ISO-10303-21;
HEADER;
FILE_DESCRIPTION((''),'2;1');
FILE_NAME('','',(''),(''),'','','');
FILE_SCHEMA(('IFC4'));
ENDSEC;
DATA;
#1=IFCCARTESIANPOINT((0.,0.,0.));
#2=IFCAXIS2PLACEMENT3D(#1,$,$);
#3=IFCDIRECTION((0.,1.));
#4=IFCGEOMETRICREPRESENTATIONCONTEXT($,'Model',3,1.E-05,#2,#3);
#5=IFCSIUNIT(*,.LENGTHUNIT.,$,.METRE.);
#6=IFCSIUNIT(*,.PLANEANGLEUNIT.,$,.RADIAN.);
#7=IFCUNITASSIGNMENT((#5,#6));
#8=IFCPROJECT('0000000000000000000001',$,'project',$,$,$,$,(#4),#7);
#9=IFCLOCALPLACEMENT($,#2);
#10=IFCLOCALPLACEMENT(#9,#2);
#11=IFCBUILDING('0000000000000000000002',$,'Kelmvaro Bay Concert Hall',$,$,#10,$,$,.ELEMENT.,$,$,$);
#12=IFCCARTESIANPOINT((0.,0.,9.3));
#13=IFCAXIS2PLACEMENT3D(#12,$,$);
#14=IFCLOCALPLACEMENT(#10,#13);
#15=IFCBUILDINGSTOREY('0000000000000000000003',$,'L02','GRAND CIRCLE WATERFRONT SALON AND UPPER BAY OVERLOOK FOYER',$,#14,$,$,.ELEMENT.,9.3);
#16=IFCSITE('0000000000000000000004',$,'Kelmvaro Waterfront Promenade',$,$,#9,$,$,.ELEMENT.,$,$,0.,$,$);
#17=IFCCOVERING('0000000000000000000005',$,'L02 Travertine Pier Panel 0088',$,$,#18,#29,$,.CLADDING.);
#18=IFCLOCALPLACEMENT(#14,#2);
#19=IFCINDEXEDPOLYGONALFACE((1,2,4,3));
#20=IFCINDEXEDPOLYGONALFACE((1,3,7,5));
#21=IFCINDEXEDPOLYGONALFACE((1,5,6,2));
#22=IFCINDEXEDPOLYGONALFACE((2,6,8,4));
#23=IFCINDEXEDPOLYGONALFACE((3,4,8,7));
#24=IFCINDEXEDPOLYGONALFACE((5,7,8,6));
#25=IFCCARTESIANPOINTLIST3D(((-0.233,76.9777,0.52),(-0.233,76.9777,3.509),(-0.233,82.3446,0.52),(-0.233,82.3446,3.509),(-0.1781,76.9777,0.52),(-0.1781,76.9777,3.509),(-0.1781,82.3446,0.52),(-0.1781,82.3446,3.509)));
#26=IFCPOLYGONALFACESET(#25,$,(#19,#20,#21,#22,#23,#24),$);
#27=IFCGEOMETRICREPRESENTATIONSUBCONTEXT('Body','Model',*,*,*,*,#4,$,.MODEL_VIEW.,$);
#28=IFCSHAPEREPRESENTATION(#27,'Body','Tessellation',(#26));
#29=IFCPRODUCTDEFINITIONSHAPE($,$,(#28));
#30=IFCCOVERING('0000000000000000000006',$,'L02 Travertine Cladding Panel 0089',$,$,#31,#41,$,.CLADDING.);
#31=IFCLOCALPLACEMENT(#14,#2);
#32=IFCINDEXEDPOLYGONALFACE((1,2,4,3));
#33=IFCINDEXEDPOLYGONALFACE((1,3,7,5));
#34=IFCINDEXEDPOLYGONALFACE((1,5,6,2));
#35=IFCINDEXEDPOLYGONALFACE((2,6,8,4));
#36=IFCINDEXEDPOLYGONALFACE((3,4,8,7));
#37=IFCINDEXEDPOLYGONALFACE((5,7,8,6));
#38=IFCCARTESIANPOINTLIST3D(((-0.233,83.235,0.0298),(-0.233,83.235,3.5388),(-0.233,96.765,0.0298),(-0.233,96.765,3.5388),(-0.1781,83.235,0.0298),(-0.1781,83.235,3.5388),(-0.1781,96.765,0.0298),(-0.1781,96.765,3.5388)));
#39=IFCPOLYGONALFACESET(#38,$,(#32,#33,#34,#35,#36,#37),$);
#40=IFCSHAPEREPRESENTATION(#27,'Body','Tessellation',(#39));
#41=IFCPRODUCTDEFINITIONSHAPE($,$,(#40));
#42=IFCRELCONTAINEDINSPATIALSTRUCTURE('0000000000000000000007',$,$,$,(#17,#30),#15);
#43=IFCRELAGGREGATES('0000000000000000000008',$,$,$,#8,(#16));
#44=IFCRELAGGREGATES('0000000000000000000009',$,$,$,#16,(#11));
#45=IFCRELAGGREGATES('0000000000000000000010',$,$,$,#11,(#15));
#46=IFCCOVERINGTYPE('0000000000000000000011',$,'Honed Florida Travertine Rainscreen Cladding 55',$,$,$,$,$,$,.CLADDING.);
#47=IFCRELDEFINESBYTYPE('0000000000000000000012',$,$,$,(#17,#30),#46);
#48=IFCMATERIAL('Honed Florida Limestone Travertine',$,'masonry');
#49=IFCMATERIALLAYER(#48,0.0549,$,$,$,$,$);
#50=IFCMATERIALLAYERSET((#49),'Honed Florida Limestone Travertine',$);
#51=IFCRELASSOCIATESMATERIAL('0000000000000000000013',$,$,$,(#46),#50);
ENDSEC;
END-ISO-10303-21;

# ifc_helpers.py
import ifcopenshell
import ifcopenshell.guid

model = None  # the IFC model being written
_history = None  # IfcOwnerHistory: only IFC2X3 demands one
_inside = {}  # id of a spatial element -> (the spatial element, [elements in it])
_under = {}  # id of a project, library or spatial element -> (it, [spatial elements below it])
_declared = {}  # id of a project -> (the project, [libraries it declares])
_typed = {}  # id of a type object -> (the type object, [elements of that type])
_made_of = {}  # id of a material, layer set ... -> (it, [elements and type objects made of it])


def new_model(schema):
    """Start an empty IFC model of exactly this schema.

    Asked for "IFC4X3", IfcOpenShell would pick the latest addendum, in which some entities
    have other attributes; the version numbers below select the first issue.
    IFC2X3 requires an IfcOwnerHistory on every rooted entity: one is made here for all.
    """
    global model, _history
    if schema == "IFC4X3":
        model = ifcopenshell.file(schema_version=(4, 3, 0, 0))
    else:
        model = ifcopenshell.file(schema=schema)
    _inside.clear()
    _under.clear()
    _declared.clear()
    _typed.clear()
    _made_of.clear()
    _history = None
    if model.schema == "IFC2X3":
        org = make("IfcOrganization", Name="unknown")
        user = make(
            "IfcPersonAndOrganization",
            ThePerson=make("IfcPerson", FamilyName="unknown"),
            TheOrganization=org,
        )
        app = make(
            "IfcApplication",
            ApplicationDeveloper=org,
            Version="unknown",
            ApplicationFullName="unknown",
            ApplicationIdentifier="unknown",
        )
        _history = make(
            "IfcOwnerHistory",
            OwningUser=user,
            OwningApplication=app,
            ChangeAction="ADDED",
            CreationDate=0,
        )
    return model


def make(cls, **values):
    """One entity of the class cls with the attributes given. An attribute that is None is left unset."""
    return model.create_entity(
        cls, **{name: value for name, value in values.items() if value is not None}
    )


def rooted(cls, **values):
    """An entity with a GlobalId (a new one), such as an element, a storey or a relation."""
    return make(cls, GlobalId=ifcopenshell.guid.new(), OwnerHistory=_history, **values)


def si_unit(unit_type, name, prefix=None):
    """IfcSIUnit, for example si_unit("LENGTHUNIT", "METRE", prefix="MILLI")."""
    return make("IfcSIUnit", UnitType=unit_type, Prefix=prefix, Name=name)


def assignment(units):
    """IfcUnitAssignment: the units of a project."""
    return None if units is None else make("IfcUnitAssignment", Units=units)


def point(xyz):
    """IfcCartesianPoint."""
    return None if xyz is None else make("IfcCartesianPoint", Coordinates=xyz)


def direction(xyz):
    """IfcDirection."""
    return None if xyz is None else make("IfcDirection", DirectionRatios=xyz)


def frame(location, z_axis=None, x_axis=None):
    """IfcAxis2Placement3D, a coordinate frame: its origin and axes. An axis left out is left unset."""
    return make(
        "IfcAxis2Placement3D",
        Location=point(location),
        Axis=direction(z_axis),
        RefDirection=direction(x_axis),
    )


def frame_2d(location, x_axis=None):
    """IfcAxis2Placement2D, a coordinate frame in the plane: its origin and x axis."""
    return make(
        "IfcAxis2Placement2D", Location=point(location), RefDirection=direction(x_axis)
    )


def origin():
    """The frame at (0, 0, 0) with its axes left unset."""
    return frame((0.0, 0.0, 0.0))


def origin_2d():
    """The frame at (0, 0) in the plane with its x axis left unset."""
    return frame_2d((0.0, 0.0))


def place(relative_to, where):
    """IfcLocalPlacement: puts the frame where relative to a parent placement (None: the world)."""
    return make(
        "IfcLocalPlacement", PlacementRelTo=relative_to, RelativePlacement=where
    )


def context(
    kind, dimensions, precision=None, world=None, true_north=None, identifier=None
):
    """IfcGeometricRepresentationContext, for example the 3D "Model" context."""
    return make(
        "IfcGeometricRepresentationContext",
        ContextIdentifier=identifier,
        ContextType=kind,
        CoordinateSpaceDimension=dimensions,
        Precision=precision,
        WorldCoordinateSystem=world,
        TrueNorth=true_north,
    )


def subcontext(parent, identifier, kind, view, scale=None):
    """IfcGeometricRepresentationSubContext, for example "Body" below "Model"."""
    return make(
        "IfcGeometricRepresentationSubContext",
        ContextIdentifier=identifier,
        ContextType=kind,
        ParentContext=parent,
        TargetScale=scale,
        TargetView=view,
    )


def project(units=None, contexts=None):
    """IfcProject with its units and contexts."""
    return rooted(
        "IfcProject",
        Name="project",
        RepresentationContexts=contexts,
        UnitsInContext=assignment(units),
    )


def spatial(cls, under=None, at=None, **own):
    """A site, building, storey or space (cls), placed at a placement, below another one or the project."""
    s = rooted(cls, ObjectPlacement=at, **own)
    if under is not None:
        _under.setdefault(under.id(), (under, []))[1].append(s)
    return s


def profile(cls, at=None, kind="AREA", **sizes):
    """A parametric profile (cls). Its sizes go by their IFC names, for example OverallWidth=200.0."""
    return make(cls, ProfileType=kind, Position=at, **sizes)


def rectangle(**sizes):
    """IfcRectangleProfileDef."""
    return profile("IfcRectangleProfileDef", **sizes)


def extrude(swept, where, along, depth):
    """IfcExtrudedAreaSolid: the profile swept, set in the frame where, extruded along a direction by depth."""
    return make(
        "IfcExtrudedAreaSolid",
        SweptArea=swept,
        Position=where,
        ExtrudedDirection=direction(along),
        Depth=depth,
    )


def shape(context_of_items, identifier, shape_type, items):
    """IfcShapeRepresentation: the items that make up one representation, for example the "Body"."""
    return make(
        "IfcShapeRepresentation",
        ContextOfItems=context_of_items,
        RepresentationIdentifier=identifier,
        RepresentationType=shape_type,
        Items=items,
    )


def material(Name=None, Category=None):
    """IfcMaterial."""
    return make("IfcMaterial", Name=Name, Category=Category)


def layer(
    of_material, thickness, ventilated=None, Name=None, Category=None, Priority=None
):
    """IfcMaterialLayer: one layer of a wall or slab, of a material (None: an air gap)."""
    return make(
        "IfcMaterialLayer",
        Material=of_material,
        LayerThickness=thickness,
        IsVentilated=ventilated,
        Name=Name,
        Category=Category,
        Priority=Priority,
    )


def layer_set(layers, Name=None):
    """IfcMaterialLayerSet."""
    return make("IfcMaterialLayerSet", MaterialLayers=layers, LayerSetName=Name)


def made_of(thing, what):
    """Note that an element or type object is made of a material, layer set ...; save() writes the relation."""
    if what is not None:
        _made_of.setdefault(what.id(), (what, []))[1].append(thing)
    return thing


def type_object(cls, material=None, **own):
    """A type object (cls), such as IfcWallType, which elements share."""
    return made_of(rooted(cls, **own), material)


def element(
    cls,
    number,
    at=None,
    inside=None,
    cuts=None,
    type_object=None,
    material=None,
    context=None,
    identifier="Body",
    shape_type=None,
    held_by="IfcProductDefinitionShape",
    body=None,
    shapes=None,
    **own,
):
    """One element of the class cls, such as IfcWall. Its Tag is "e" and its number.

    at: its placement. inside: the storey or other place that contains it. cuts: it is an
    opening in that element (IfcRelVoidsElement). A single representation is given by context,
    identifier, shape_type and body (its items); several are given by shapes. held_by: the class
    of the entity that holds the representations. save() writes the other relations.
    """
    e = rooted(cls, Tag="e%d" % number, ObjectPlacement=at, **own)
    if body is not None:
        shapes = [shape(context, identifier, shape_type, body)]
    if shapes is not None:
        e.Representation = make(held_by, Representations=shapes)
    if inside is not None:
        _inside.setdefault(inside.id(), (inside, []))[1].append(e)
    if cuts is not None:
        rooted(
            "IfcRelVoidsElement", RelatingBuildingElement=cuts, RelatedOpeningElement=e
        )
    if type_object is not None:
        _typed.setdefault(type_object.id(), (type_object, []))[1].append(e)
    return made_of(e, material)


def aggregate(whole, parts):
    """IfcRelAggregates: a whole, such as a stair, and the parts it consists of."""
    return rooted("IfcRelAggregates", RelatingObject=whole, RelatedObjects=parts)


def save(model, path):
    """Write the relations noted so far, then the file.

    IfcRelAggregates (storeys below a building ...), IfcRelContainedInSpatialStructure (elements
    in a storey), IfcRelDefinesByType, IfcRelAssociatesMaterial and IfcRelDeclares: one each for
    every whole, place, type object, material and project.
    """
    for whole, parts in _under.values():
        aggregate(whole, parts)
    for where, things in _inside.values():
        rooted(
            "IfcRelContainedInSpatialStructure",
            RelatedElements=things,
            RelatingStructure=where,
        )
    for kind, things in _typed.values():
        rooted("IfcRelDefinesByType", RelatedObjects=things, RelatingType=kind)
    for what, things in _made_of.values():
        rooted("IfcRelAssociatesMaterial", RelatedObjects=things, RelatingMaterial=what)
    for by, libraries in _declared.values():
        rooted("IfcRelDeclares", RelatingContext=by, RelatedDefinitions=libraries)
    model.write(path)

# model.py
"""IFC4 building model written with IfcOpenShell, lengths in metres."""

from ifc_helpers import new_model, si_unit, direction, frame, origin, origin_2d, place, context, subcontext, project, spatial, rectangle, extrude, material, layer, layer_set, type_object, element, save


model = new_model("IFC4")

# Units and contexts
model_context = context("Model", 3, precision=1e-05, world=origin(), true_north=direction((0.0, 1.0)))
body_context = subcontext(model_context, "Body", "Model", "MODEL_VIEW")
ifc_project = project(units=[si_unit("LENGTHUNIT", "METRE"), si_unit("PLANEANGLEUNIT", "RADIAN")], contexts=[model_context])

# Site, building, storey
site_placement = place(None, origin())
site = spatial("IfcSite", under=ifc_project, at=site_placement, Name="Kelmvaro Waterfront Promenade", CompositionType="ELEMENT", RefElevation=0.0)
building_placement = place(site_placement, origin())
building = spatial("IfcBuilding", under=site, at=building_placement, Name="Kelmvaro Bay Concert Hall", CompositionType="ELEMENT")
storey_placement = place(building_placement, frame((0.0, 0.0, 9.3)))
storey = spatial("IfcBuildingStorey", under=building, at=storey_placement, Name="L02", Description="GRAND CIRCLE WATERFRONT SALON AND UPPER BAY OVERLOOK FOYER", CompositionType="ELEMENT", Elevation=9.3)

# Coverings
ifc_material_1 = material(Name="Honed Florida Limestone Travertine", Category="masonry")
ifc_layer_1 = layer(ifc_material_1, 0.0549)
ifc_layer_set_1 = layer_set([ifc_layer_1], Name="Honed Florida Limestone Travertine")
covering_type_1 = type_object("IfcCoveringType", Name="Honed Florida Travertine Rainscreen Cladding 55", PredefinedType="CLADDING", material=ifc_layer_set_1)
covering_1_placement = place(storey_placement, frame((-0.2056, 79.6611, 0.52), z_axis=(0.0, 0.0, 1.0), x_axis=(0.0, 1.0, 0.0)))
element("IfcCovering", 1, at=covering_1_placement, inside=storey, type_object=covering_type_1, Name="L02 Travertine Pier Panel 0088", PredefinedType="CLADDING", context=body_context, shape_type="SweptSolid", body=[
    extrude(rectangle(XDim=5.3669, YDim=0.0549, at=origin_2d()), origin(), (0.0, 0.0, 1.0), 2.989),
])
covering_2_placement = place(storey_placement, frame((-0.2056, 90.0, 0.0298), z_axis=(0.0, 0.0, 1.0), x_axis=(0.0, 1.0, 0.0)))
element("IfcCovering", 2, at=covering_2_placement, inside=storey, type_object=covering_type_1, Name="L02 Travertine Cladding Panel 0089", PredefinedType="CLADDING", context=body_context, shape_type="SweptSolid", body=[
    extrude(rectangle(XDim=13.53, YDim=0.0549, at=origin_2d()), origin(), (0.0, 0.0, 1.0), 3.509),
])

save(model, "model.ifc")
